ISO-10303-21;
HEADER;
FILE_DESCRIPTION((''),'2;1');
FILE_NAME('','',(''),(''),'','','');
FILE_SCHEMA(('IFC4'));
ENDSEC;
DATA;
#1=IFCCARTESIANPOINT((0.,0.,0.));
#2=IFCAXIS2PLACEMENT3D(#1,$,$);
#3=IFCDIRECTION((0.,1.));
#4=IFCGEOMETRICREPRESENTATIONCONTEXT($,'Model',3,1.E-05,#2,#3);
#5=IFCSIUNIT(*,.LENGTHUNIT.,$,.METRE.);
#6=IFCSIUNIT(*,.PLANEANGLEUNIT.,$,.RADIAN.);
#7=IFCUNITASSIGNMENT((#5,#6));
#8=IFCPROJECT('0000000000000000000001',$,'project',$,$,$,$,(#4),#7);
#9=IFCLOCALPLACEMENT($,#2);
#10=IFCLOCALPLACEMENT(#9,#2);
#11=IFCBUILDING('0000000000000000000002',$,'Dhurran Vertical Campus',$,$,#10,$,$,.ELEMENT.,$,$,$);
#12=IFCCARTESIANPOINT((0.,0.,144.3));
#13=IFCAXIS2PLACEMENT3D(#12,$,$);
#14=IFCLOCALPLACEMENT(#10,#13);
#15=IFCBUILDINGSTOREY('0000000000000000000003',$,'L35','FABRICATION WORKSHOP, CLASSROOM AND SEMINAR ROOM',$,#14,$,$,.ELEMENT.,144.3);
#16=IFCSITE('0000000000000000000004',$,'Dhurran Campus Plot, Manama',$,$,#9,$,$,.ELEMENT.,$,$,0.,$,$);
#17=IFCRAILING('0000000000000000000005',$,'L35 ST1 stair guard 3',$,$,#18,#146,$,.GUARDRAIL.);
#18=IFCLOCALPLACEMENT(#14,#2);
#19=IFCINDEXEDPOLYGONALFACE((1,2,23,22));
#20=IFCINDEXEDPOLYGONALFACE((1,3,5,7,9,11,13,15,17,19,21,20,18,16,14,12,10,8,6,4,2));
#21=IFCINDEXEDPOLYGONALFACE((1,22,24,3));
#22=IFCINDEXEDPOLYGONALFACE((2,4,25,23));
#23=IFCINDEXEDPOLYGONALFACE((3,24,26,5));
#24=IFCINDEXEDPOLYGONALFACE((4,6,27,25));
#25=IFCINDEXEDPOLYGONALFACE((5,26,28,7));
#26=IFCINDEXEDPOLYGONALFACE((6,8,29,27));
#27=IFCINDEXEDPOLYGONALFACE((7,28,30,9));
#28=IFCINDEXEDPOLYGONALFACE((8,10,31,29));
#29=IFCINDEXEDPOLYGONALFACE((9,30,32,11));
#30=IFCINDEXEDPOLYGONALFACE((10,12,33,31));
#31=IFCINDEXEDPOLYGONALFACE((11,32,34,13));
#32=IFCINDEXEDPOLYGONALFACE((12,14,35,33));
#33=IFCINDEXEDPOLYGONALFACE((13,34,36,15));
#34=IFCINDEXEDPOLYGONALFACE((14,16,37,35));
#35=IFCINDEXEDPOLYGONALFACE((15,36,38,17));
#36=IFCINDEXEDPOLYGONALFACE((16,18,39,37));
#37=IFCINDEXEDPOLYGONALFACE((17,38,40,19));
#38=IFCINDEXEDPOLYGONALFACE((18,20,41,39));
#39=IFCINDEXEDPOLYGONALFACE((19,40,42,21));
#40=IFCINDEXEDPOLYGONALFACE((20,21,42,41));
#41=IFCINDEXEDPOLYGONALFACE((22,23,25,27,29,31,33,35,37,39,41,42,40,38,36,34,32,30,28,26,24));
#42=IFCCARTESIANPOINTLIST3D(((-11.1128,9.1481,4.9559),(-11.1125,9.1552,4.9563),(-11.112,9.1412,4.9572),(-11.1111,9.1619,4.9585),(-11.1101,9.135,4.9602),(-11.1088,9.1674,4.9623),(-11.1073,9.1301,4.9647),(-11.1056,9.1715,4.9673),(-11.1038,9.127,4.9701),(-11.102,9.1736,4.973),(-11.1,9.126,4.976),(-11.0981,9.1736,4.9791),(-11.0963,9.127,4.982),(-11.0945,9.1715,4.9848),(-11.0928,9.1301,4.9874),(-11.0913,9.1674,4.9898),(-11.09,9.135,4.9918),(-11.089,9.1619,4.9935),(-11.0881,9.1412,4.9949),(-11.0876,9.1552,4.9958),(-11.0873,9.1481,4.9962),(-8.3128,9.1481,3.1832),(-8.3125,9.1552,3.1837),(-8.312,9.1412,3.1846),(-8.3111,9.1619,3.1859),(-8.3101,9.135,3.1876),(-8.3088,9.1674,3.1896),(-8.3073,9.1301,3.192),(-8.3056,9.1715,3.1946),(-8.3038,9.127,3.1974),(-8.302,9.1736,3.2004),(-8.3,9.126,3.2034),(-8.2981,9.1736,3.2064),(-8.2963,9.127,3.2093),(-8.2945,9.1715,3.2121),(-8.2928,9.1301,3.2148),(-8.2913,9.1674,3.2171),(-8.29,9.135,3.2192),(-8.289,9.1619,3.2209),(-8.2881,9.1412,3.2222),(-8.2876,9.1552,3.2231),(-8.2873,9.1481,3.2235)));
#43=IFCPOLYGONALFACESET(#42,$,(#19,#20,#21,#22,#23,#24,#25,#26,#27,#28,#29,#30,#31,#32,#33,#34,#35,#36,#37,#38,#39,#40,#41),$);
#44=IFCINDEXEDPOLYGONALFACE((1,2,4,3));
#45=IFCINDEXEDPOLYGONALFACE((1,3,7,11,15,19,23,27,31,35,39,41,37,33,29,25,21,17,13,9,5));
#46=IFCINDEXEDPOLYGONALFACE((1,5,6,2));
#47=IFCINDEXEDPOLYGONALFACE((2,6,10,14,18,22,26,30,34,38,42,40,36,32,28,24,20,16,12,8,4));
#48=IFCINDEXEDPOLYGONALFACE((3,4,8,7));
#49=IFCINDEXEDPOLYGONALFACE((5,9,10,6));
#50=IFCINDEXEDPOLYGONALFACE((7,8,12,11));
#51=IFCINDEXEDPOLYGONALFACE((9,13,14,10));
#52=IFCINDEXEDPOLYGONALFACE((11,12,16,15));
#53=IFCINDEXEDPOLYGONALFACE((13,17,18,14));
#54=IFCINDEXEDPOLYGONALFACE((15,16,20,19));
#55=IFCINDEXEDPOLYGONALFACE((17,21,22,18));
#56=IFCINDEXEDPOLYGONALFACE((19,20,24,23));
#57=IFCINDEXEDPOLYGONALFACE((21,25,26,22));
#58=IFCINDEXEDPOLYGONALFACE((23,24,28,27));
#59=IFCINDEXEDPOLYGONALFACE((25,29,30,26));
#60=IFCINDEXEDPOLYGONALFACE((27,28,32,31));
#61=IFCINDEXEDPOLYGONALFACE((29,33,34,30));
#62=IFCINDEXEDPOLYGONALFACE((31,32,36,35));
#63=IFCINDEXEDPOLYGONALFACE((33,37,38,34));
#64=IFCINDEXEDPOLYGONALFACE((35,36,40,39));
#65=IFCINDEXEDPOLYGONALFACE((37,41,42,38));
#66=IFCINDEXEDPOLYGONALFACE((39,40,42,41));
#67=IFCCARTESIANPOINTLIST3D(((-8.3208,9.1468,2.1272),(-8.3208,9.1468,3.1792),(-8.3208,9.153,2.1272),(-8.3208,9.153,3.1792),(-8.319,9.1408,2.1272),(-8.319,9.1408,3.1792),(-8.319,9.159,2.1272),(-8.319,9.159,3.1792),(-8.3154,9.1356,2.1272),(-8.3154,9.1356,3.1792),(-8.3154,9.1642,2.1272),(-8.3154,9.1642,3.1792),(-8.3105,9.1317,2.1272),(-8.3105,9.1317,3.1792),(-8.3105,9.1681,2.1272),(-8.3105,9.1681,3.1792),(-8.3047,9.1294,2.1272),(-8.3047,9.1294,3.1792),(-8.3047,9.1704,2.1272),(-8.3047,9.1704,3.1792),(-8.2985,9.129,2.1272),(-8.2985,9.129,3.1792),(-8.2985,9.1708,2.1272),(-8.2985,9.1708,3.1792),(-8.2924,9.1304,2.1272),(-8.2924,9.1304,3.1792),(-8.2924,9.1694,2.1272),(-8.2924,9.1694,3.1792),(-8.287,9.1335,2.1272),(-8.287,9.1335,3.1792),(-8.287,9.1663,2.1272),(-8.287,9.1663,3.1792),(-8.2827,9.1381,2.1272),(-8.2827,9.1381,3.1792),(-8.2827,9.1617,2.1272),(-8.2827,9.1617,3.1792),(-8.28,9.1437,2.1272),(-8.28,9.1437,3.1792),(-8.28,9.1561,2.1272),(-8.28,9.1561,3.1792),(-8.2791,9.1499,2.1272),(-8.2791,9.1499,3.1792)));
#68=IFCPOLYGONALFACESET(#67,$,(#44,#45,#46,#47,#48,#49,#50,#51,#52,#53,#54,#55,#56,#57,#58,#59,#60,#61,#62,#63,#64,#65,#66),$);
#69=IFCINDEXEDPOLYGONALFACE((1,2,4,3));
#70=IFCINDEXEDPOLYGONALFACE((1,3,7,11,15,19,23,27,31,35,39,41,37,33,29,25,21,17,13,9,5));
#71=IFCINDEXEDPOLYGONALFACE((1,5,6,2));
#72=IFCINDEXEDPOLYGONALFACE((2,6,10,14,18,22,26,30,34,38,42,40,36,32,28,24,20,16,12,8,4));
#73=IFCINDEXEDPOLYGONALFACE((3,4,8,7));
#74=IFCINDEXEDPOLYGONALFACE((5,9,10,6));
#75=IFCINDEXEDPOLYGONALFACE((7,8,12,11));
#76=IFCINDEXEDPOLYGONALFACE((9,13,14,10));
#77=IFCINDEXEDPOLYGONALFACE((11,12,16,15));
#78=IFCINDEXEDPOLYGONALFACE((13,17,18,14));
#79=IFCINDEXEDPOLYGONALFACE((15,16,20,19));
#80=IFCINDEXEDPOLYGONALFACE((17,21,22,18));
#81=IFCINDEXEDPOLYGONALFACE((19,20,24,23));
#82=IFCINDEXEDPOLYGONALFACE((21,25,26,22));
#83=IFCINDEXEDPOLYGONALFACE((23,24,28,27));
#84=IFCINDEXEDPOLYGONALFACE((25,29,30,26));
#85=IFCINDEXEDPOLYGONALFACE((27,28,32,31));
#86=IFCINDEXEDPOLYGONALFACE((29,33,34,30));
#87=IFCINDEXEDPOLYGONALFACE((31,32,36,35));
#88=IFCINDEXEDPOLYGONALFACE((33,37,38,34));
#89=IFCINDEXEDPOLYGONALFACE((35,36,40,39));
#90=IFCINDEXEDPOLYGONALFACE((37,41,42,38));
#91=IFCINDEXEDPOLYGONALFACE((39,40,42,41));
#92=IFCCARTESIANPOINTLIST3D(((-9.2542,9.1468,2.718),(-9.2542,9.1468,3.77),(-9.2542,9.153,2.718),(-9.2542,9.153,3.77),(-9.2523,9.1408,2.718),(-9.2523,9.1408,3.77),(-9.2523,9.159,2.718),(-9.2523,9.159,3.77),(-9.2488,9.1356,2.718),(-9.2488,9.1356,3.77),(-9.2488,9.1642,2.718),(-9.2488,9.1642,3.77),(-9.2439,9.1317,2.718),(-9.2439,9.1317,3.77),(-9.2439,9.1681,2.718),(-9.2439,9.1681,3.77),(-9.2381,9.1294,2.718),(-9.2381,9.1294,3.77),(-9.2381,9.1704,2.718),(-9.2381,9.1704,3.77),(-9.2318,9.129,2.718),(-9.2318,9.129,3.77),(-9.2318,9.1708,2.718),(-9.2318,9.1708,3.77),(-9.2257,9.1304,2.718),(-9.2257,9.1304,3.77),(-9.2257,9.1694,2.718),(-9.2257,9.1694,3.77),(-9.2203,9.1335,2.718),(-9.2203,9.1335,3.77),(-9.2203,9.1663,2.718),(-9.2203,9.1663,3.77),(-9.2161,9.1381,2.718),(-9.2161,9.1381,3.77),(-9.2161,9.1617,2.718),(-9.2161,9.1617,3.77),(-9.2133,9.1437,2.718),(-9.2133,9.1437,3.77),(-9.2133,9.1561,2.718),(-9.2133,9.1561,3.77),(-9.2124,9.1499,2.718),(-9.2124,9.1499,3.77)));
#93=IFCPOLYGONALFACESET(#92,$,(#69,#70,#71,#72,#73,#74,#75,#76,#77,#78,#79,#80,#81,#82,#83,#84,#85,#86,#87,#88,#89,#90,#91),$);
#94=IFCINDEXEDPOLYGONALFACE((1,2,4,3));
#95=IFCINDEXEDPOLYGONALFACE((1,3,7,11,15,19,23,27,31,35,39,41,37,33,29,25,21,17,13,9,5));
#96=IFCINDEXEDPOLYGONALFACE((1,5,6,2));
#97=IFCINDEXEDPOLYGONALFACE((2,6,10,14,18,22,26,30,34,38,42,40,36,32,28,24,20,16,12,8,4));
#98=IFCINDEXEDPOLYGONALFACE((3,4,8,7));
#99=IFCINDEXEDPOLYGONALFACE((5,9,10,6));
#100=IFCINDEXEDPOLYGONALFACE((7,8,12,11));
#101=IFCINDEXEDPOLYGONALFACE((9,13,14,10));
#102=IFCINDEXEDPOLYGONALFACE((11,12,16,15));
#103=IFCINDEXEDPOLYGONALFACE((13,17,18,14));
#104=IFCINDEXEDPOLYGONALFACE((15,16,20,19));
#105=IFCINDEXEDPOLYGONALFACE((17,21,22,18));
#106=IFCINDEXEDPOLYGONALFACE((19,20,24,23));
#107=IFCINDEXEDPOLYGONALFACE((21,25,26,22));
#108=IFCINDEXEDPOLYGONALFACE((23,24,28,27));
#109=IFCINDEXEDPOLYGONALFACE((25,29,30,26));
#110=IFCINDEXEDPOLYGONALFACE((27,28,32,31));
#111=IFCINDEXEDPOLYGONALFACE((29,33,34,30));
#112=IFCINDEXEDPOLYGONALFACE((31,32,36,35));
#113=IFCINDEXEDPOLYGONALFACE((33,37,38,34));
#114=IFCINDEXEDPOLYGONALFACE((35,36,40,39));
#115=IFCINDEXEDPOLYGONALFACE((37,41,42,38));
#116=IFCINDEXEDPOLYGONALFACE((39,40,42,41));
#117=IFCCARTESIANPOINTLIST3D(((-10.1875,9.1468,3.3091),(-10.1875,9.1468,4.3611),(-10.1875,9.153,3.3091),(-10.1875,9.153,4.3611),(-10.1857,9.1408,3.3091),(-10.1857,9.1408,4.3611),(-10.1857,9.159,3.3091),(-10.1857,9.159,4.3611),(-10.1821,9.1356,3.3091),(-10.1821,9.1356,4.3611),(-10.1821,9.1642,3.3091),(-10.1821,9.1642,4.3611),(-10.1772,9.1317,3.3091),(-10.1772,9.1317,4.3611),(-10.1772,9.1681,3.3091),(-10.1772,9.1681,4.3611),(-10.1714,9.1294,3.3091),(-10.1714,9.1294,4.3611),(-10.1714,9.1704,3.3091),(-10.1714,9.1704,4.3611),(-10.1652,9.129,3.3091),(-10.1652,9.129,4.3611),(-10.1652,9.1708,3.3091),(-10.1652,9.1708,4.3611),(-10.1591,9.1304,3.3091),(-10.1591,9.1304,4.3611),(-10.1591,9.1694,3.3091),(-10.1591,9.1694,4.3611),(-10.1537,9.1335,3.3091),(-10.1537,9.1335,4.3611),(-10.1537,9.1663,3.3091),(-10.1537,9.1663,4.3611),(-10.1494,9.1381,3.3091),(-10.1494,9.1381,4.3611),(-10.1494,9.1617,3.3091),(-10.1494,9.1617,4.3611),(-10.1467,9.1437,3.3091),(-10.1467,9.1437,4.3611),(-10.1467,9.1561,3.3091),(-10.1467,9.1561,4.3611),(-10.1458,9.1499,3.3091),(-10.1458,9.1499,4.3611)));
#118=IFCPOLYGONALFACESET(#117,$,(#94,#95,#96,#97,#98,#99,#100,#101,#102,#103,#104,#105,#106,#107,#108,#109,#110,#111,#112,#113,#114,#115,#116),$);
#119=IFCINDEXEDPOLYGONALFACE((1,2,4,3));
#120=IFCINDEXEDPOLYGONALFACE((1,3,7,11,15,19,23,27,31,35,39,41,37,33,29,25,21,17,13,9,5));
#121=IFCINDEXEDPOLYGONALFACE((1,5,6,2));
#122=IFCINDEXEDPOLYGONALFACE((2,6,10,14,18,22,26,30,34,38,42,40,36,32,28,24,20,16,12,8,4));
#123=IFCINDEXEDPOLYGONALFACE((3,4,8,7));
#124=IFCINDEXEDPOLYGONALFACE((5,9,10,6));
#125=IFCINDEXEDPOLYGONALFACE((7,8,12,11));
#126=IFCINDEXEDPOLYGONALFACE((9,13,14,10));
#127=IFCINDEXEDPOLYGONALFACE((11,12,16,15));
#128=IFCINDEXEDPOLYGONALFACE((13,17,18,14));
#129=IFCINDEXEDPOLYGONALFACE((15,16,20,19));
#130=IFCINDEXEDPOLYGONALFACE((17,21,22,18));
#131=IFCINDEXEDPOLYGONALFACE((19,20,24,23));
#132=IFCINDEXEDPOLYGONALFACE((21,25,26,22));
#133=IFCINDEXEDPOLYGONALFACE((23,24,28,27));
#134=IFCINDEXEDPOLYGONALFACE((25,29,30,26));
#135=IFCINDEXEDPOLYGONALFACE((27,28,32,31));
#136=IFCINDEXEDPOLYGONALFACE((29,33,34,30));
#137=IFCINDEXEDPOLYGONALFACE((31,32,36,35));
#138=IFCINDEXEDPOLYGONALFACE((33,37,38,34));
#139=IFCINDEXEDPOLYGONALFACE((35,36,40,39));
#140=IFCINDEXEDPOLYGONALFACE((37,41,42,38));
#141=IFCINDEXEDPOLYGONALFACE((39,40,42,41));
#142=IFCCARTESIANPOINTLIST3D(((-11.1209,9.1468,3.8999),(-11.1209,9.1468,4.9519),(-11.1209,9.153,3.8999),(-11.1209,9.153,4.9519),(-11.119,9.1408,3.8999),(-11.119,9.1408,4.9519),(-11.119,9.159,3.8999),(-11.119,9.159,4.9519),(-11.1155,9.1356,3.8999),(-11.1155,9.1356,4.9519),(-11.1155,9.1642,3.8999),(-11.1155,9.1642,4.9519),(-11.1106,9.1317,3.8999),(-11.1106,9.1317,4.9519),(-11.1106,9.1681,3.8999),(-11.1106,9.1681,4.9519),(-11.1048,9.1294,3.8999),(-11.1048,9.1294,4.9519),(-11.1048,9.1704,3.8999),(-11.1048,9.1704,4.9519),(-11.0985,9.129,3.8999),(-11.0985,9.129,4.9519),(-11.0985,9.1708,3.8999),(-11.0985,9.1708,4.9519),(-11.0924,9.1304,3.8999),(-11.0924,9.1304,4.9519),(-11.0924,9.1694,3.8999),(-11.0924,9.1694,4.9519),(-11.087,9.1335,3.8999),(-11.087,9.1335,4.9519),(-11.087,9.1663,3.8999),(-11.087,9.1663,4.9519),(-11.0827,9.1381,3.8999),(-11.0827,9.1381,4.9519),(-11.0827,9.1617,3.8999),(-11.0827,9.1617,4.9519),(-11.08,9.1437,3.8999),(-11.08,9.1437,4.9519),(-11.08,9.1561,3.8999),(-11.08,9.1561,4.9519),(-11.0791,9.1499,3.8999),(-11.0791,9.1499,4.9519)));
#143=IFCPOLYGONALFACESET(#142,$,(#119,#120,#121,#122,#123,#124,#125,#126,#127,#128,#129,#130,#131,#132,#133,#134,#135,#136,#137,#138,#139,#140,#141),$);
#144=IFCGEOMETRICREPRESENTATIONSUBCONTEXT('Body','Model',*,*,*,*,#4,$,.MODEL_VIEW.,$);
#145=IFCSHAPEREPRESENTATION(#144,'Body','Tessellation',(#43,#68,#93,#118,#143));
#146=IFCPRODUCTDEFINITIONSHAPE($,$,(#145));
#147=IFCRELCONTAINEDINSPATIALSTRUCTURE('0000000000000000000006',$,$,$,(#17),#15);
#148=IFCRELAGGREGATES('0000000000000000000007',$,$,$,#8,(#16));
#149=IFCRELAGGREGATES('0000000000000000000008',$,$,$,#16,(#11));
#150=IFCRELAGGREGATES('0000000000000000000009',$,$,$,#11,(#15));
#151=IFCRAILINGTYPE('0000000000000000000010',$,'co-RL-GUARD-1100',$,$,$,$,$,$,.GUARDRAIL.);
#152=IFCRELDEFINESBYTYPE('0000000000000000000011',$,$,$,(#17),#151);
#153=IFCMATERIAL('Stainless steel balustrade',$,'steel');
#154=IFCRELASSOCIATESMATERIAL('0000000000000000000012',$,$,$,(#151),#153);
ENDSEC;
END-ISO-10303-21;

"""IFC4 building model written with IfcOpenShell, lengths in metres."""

from ifc_helpers import new_model, si_unit, direction, frame, origin, origin_2d, place, context, subcontext, project, spatial, circle, extrude, material, type_object, element, save


model = new_model("IFC4")

# Units and contexts
model_context = context("Model", 3, precision=1e-05, world=origin(), true_north=direction((0.0, 1.0)))
body_context = subcontext(model_context, "Body", "Model", "MODEL_VIEW")
ifc_project = project(units=[si_unit("LENGTHUNIT", "METRE"), si_unit("PLANEANGLEUNIT", "RADIAN")], contexts=[model_context])

# Site, building, storey
site_placement = place(None, origin())
site = spatial("IfcSite", under=ifc_project, at=site_placement, Name="Dhurran Campus Plot, Manama", CompositionType="ELEMENT", RefElevation=0.0)
building_placement = place(site_placement, origin())
building = spatial("IfcBuilding", under=site, at=building_placement, Name="Dhurran Vertical Campus", CompositionType="ELEMENT")
storey_placement = place(building_placement, frame((0.0, 0.0, 144.3)))
storey = spatial("IfcBuildingStorey", under=building, at=storey_placement, Name="L35", Description="FABRICATION WORKSHOP, CLASSROOM AND SEMINAR ROOM", CompositionType="ELEMENT", Elevation=144.3)

# Railing
ifc_material_1 = material(Name="Stainless steel balustrade", Category="steel")
railing_type_1 = type_object("IfcRailingType", Name="co-RL-GUARD-1100", PredefinedType="GUARDRAIL", material=ifc_material_1)
railing_1_placement = place(storey_placement, frame((-8.3, 9.1499, 2.1272)))
element("IfcRailing", 1, at=railing_1_placement, inside=storey, type_object=railing_type_1, Name="L35 ST1 stair guard 3", PredefinedType="GUARDRAIL", context=body_context, shape_type="SweptSolid", body=[
    extrude(circle(Radius=0.0239, at=origin_2d()), frame((0.0, 0.0, 1.0762), z_axis=(-0.844909, 0.0, 0.53491), x_axis=(0.0, -1.0, 0.0)), (0.0, 0.0, 1.0), 3.314),
    extrude(circle(Radius=0.021, at=origin_2d()), origin(), (0.0, 0.0, 1.0), 1.052),
    extrude(circle(Radius=0.021, at=origin_2d()), frame((-0.9333, 0.0, 0.5908)), (0.0, 0.0, 1.0), 1.052),
    extrude(circle(Radius=0.021, at=origin_2d()), frame((-1.8667, 0.0, 1.1819)), (0.0, 0.0, 1.0), 1.052),
    extrude(circle(Radius=0.021, at=origin_2d()), frame((-2.8, 0.0, 1.7727)), (0.0, 0.0, 1.0), 1.052),
])

save(model, "model.ifc")
